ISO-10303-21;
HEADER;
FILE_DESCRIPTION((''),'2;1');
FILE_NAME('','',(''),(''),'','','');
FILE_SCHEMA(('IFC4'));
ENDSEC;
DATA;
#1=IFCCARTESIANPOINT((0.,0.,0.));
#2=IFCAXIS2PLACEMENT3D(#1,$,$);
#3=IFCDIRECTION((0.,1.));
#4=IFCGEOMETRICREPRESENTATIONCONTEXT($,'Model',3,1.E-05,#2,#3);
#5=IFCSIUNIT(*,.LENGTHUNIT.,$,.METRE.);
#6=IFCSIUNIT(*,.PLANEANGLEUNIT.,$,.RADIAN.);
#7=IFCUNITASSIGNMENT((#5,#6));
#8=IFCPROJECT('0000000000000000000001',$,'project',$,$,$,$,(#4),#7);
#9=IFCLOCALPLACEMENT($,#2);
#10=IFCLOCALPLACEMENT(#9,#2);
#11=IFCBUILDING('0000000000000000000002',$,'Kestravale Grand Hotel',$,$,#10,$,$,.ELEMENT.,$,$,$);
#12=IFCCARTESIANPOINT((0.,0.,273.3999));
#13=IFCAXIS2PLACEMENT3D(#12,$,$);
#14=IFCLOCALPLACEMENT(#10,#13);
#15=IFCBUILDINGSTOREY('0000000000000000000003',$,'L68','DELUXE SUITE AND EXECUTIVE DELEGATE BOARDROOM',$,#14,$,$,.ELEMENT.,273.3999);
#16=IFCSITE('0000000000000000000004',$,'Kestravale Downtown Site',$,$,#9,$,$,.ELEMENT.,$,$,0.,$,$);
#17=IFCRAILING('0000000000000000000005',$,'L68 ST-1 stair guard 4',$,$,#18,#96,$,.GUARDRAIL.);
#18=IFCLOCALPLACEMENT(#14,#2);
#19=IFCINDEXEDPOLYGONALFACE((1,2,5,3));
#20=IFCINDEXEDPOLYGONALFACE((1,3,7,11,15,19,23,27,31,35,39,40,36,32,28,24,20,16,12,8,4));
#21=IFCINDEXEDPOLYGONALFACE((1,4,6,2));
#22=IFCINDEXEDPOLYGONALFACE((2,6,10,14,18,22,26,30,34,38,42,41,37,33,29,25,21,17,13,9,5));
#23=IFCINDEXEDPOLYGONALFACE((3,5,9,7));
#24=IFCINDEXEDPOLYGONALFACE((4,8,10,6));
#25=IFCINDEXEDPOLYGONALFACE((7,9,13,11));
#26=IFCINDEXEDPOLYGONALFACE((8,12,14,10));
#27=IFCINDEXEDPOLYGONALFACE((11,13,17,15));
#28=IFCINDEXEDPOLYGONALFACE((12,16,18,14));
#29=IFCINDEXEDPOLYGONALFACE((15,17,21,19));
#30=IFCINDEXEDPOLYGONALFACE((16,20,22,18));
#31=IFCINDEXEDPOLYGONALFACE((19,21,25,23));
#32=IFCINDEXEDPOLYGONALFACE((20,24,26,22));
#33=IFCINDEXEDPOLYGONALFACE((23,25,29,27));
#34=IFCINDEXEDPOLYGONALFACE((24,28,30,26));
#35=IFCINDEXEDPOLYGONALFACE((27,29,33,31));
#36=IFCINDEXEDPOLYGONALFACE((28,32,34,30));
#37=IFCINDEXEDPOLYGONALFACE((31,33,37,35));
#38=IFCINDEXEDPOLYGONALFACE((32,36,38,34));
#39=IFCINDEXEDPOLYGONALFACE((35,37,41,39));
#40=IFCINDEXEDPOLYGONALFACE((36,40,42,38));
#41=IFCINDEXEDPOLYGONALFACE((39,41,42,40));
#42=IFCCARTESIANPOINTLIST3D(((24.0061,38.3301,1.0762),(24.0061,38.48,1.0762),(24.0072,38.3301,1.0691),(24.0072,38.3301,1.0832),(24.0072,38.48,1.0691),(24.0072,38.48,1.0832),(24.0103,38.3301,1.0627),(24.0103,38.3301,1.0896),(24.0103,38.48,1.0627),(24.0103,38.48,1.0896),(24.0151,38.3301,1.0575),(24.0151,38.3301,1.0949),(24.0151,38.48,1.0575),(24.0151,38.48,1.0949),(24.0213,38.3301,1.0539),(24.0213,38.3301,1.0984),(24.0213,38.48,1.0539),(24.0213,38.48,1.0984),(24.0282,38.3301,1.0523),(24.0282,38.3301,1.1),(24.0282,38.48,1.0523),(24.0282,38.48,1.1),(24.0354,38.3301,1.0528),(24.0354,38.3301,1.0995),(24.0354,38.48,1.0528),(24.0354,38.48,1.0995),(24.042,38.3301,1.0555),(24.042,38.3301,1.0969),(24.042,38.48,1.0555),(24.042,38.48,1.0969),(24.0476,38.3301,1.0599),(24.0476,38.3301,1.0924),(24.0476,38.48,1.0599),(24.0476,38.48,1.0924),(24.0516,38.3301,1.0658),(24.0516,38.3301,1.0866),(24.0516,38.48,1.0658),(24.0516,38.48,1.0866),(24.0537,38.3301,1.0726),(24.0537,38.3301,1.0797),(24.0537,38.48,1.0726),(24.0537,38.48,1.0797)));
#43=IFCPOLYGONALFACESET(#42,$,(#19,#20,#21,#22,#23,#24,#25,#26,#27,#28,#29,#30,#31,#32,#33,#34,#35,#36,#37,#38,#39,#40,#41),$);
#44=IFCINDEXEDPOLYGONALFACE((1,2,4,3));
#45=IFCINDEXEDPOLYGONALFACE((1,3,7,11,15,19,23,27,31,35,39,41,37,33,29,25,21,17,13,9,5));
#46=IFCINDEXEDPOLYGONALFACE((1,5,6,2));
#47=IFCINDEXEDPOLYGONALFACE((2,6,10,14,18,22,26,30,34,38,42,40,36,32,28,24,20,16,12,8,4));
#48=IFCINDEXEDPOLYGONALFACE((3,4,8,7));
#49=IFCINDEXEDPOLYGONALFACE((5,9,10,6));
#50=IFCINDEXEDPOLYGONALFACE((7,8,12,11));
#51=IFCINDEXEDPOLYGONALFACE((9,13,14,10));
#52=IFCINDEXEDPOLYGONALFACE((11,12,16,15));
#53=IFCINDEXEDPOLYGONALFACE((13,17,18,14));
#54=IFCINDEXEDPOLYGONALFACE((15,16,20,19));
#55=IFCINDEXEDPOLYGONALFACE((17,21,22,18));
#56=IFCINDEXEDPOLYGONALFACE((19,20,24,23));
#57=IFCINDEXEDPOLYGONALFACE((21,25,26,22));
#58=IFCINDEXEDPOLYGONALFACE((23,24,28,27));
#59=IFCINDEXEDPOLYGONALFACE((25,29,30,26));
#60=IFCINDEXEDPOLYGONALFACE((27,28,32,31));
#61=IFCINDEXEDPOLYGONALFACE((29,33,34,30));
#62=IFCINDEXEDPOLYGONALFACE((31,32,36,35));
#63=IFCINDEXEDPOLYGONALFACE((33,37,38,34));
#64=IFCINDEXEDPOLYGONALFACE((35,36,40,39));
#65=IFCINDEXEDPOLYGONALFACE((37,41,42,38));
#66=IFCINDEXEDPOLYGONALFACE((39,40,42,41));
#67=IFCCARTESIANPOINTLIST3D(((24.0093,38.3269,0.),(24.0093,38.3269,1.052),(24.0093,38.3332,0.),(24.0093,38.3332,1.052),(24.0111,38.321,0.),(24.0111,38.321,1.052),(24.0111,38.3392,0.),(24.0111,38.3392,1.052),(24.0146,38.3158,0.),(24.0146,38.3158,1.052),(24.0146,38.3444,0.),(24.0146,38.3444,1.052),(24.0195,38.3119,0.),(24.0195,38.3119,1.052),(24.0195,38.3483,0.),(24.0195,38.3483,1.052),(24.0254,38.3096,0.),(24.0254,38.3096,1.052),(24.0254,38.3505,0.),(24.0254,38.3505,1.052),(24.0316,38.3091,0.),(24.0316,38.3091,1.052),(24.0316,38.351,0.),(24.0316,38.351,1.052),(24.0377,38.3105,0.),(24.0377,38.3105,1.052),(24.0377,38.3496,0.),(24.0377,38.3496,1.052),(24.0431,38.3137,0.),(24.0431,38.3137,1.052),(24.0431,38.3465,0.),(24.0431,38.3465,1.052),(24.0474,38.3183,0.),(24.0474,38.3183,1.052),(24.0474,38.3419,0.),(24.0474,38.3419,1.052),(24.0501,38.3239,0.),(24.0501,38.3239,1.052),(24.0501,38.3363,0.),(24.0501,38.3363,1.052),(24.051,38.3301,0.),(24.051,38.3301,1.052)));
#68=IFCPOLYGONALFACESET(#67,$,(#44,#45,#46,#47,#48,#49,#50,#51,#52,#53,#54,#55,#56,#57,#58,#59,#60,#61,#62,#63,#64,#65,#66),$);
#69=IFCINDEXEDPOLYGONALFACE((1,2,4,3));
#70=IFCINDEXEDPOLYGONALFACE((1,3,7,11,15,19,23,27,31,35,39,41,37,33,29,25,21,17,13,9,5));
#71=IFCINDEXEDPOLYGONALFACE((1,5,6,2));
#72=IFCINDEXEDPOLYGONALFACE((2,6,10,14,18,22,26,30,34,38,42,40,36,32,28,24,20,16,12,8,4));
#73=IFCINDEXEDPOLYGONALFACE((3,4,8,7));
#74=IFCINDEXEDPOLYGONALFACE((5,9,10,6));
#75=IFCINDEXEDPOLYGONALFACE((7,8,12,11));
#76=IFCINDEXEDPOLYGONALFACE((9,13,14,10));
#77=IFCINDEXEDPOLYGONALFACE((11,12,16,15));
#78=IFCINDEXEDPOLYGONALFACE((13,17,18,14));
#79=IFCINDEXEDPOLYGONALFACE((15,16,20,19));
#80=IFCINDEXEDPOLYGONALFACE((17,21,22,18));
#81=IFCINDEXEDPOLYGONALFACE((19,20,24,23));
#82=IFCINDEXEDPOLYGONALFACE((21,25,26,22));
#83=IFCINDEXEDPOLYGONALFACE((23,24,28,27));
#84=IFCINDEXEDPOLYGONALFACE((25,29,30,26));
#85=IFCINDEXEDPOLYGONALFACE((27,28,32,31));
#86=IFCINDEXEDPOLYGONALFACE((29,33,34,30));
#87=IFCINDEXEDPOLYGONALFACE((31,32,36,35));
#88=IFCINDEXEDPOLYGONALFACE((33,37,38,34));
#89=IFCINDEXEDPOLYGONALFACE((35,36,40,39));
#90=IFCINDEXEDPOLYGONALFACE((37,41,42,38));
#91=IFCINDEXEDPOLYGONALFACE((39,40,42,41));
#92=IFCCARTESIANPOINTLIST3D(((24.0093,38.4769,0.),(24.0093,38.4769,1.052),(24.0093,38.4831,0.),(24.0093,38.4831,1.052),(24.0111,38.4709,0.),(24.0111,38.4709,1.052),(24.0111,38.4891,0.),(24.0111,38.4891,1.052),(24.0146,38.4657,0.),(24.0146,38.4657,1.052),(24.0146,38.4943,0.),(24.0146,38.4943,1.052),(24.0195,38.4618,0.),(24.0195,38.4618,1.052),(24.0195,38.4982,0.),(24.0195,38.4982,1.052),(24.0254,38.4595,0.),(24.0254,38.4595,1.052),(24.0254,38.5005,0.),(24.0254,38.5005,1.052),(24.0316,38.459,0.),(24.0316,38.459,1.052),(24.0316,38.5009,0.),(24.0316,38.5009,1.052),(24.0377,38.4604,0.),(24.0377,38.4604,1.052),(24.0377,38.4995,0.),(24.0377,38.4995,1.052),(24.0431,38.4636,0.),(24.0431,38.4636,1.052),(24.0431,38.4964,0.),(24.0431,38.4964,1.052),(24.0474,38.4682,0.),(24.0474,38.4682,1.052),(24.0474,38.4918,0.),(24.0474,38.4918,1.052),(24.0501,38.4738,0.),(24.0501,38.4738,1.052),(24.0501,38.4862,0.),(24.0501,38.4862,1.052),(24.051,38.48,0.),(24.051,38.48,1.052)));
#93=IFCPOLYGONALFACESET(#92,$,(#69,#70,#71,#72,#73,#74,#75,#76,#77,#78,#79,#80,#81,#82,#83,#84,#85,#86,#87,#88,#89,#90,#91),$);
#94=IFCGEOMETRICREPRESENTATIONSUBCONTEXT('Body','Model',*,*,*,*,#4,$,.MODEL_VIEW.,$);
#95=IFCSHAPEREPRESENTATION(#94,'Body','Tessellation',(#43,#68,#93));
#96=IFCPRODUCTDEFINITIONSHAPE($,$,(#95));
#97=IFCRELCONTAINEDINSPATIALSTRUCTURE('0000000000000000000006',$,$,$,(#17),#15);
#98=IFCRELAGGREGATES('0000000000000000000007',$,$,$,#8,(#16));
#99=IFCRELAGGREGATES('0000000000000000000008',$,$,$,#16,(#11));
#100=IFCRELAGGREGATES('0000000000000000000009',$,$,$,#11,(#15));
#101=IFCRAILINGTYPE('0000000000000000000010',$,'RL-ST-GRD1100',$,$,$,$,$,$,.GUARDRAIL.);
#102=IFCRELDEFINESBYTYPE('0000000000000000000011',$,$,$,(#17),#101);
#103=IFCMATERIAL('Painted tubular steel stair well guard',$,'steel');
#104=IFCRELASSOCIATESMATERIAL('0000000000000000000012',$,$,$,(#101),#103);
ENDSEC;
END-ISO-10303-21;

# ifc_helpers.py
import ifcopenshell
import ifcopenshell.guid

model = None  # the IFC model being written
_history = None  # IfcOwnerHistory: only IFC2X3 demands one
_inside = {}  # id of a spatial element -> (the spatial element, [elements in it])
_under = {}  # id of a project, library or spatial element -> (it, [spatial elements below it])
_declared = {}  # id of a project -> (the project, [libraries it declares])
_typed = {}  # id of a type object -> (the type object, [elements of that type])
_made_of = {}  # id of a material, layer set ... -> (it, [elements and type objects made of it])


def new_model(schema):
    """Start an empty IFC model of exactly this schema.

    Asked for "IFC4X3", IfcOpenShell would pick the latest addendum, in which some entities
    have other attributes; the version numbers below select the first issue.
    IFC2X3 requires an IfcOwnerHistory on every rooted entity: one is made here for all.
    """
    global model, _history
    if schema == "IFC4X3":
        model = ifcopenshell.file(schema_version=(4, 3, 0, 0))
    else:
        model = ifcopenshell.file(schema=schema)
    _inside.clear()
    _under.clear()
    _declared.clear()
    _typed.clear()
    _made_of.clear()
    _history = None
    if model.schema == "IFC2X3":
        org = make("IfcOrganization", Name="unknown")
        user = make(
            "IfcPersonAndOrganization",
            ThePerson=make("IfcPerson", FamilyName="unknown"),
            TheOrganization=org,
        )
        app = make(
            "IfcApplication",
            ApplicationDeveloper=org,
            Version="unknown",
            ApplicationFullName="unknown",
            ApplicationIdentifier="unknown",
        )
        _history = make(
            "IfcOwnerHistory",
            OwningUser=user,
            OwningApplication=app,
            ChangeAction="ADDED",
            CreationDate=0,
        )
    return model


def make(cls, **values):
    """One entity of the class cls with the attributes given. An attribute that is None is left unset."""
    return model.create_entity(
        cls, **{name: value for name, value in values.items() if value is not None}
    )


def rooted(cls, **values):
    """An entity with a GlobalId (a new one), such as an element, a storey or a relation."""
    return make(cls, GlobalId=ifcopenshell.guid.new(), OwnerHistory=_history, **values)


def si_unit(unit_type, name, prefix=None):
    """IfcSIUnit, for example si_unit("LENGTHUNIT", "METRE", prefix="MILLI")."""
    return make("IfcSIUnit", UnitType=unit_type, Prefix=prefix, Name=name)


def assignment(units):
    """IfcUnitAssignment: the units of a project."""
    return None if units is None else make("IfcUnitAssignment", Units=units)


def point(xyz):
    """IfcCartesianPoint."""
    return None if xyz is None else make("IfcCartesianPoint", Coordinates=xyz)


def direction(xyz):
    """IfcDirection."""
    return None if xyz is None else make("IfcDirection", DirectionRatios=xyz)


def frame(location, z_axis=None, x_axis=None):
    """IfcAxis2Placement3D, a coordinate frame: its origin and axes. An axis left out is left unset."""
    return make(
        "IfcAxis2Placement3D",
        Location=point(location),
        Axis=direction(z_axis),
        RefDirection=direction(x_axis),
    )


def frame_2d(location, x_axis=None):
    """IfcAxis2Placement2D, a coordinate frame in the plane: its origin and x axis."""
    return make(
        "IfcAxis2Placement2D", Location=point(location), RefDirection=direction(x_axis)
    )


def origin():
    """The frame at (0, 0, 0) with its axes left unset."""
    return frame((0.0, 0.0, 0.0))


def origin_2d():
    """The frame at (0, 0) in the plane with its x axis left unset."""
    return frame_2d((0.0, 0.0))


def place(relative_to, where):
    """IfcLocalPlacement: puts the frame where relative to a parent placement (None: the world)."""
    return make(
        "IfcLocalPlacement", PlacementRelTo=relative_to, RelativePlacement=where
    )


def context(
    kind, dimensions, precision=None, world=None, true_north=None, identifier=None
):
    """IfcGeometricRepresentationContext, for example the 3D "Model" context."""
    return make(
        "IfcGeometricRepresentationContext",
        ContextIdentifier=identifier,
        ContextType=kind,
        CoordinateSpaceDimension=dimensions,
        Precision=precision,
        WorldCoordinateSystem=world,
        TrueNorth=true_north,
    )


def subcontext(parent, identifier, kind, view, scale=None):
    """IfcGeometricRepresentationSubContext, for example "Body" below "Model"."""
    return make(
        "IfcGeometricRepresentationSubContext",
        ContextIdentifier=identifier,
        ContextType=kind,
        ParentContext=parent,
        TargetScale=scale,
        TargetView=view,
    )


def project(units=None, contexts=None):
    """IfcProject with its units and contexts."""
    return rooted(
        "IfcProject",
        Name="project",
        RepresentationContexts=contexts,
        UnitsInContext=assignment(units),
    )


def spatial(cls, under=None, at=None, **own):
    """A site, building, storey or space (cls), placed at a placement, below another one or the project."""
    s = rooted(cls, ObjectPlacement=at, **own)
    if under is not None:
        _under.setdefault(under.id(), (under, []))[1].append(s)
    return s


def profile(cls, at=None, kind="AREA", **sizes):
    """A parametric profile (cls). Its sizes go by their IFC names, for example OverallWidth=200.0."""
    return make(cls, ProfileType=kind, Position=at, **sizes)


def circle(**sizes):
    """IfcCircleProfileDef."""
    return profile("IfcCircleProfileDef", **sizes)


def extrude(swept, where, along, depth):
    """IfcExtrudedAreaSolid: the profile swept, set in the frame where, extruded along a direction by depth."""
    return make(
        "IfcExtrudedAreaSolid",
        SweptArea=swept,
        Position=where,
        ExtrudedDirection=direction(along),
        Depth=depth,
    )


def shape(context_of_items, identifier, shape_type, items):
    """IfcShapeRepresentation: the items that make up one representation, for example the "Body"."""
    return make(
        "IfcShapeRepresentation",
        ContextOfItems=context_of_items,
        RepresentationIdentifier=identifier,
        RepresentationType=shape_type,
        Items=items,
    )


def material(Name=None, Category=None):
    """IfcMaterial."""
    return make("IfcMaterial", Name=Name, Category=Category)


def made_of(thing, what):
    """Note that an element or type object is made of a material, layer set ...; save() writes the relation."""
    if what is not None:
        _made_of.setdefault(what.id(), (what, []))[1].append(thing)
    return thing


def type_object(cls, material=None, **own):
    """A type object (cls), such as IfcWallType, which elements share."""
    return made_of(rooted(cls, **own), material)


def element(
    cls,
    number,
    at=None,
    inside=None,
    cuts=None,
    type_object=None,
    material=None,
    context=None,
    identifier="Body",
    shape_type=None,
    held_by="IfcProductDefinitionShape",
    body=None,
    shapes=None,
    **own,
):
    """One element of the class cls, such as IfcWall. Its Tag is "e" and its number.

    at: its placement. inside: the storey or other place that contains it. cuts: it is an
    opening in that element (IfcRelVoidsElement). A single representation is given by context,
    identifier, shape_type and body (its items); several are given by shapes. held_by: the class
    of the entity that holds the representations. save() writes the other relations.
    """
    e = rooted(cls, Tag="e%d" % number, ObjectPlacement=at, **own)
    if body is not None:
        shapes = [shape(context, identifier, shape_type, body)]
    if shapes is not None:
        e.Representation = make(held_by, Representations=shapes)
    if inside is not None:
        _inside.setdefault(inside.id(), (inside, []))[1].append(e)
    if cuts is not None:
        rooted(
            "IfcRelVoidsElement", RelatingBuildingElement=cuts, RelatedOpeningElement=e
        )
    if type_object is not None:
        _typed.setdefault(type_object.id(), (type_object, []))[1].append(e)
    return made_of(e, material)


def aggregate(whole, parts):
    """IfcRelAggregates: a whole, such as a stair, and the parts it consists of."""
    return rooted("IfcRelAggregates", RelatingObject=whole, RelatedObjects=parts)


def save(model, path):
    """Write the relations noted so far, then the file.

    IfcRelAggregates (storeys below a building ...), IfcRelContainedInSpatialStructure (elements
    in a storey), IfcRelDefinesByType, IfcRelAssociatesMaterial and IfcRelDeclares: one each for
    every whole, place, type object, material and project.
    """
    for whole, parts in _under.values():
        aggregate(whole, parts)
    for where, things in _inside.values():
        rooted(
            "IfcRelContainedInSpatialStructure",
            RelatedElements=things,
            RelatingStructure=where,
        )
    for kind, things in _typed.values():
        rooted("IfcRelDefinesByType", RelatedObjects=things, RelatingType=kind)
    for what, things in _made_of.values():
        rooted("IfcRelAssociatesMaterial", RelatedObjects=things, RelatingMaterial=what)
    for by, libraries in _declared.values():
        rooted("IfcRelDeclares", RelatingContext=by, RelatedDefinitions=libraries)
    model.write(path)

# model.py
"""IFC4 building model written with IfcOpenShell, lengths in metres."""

from ifc_helpers import new_model, si_unit, direction, frame, origin, origin_2d, place, context, subcontext, project, spatial, circle, extrude, material, type_object, element, save


model = new_model("IFC4")

# Units and contexts
model_context = context("Model", 3, precision=1e-05, world=origin(), true_north=direction((0.0, 1.0)))
body_context = subcontext(model_context, "Body", "Model", "MODEL_VIEW")
ifc_project = project(units=[si_unit("LENGTHUNIT", "METRE"), si_unit("PLANEANGLEUNIT", "RADIAN")], contexts=[model_context])

# Site, building, storey
site_placement = place(None, origin())
site = spatial("IfcSite", under=ifc_project, at=site_placement, Name="Kestravale Downtown Site", CompositionType="ELEMENT", RefElevation=0.0)
building_placement = place(site_placement, origin())
building = spatial("IfcBuilding", under=site, at=building_placement, Name="Kestravale Grand Hotel", CompositionType="ELEMENT")
storey_placement = place(building_placement, frame((0.0, 0.0, 273.3999)))
storey = spatial("IfcBuildingStorey", under=building, at=storey_placement, Name="L68", Description="DELUXE SUITE AND EXECUTIVE DELEGATE BOARDROOM", CompositionType="ELEMENT", Elevation=273.3999)

# Railing
ifc_material_1 = material(Name="Painted tubular steel stair well guard", Category="steel")
railing_type_1 = type_object("IfcRailingType", Name="RL-ST-GRD1100", PredefinedType="GUARDRAIL", material=ifc_material_1)
railing_1_placement = place(storey_placement, frame((24.03, 38.3301, 0.0)))
element("IfcRailing", 1, at=railing_1_placement, inside=storey, type_object=railing_type_1, Name="L68 ST-1 stair guard 4", PredefinedType="GUARDRAIL", context=body_context, shape_type="SweptSolid", body=[
    extrude(circle(Radius=0.0239, at=origin_2d()), frame((0.0, 0.0, 1.0762), z_axis=(0.0, 1.0, 0.0), x_axis=(-1.0, 0.0, 0.0)), (0.0, 0.0, 1.0), 0.1499),
    extrude(circle(Radius=0.021, at=origin_2d()), origin(), (0.0, 0.0, 1.0), 1.052),
    extrude(circle(Radius=0.021, at=origin_2d()), frame((0.0, 0.1499, 0.0)), (0.0, 0.0, 1.0), 1.052),
])

save(model, "model.ifc")
